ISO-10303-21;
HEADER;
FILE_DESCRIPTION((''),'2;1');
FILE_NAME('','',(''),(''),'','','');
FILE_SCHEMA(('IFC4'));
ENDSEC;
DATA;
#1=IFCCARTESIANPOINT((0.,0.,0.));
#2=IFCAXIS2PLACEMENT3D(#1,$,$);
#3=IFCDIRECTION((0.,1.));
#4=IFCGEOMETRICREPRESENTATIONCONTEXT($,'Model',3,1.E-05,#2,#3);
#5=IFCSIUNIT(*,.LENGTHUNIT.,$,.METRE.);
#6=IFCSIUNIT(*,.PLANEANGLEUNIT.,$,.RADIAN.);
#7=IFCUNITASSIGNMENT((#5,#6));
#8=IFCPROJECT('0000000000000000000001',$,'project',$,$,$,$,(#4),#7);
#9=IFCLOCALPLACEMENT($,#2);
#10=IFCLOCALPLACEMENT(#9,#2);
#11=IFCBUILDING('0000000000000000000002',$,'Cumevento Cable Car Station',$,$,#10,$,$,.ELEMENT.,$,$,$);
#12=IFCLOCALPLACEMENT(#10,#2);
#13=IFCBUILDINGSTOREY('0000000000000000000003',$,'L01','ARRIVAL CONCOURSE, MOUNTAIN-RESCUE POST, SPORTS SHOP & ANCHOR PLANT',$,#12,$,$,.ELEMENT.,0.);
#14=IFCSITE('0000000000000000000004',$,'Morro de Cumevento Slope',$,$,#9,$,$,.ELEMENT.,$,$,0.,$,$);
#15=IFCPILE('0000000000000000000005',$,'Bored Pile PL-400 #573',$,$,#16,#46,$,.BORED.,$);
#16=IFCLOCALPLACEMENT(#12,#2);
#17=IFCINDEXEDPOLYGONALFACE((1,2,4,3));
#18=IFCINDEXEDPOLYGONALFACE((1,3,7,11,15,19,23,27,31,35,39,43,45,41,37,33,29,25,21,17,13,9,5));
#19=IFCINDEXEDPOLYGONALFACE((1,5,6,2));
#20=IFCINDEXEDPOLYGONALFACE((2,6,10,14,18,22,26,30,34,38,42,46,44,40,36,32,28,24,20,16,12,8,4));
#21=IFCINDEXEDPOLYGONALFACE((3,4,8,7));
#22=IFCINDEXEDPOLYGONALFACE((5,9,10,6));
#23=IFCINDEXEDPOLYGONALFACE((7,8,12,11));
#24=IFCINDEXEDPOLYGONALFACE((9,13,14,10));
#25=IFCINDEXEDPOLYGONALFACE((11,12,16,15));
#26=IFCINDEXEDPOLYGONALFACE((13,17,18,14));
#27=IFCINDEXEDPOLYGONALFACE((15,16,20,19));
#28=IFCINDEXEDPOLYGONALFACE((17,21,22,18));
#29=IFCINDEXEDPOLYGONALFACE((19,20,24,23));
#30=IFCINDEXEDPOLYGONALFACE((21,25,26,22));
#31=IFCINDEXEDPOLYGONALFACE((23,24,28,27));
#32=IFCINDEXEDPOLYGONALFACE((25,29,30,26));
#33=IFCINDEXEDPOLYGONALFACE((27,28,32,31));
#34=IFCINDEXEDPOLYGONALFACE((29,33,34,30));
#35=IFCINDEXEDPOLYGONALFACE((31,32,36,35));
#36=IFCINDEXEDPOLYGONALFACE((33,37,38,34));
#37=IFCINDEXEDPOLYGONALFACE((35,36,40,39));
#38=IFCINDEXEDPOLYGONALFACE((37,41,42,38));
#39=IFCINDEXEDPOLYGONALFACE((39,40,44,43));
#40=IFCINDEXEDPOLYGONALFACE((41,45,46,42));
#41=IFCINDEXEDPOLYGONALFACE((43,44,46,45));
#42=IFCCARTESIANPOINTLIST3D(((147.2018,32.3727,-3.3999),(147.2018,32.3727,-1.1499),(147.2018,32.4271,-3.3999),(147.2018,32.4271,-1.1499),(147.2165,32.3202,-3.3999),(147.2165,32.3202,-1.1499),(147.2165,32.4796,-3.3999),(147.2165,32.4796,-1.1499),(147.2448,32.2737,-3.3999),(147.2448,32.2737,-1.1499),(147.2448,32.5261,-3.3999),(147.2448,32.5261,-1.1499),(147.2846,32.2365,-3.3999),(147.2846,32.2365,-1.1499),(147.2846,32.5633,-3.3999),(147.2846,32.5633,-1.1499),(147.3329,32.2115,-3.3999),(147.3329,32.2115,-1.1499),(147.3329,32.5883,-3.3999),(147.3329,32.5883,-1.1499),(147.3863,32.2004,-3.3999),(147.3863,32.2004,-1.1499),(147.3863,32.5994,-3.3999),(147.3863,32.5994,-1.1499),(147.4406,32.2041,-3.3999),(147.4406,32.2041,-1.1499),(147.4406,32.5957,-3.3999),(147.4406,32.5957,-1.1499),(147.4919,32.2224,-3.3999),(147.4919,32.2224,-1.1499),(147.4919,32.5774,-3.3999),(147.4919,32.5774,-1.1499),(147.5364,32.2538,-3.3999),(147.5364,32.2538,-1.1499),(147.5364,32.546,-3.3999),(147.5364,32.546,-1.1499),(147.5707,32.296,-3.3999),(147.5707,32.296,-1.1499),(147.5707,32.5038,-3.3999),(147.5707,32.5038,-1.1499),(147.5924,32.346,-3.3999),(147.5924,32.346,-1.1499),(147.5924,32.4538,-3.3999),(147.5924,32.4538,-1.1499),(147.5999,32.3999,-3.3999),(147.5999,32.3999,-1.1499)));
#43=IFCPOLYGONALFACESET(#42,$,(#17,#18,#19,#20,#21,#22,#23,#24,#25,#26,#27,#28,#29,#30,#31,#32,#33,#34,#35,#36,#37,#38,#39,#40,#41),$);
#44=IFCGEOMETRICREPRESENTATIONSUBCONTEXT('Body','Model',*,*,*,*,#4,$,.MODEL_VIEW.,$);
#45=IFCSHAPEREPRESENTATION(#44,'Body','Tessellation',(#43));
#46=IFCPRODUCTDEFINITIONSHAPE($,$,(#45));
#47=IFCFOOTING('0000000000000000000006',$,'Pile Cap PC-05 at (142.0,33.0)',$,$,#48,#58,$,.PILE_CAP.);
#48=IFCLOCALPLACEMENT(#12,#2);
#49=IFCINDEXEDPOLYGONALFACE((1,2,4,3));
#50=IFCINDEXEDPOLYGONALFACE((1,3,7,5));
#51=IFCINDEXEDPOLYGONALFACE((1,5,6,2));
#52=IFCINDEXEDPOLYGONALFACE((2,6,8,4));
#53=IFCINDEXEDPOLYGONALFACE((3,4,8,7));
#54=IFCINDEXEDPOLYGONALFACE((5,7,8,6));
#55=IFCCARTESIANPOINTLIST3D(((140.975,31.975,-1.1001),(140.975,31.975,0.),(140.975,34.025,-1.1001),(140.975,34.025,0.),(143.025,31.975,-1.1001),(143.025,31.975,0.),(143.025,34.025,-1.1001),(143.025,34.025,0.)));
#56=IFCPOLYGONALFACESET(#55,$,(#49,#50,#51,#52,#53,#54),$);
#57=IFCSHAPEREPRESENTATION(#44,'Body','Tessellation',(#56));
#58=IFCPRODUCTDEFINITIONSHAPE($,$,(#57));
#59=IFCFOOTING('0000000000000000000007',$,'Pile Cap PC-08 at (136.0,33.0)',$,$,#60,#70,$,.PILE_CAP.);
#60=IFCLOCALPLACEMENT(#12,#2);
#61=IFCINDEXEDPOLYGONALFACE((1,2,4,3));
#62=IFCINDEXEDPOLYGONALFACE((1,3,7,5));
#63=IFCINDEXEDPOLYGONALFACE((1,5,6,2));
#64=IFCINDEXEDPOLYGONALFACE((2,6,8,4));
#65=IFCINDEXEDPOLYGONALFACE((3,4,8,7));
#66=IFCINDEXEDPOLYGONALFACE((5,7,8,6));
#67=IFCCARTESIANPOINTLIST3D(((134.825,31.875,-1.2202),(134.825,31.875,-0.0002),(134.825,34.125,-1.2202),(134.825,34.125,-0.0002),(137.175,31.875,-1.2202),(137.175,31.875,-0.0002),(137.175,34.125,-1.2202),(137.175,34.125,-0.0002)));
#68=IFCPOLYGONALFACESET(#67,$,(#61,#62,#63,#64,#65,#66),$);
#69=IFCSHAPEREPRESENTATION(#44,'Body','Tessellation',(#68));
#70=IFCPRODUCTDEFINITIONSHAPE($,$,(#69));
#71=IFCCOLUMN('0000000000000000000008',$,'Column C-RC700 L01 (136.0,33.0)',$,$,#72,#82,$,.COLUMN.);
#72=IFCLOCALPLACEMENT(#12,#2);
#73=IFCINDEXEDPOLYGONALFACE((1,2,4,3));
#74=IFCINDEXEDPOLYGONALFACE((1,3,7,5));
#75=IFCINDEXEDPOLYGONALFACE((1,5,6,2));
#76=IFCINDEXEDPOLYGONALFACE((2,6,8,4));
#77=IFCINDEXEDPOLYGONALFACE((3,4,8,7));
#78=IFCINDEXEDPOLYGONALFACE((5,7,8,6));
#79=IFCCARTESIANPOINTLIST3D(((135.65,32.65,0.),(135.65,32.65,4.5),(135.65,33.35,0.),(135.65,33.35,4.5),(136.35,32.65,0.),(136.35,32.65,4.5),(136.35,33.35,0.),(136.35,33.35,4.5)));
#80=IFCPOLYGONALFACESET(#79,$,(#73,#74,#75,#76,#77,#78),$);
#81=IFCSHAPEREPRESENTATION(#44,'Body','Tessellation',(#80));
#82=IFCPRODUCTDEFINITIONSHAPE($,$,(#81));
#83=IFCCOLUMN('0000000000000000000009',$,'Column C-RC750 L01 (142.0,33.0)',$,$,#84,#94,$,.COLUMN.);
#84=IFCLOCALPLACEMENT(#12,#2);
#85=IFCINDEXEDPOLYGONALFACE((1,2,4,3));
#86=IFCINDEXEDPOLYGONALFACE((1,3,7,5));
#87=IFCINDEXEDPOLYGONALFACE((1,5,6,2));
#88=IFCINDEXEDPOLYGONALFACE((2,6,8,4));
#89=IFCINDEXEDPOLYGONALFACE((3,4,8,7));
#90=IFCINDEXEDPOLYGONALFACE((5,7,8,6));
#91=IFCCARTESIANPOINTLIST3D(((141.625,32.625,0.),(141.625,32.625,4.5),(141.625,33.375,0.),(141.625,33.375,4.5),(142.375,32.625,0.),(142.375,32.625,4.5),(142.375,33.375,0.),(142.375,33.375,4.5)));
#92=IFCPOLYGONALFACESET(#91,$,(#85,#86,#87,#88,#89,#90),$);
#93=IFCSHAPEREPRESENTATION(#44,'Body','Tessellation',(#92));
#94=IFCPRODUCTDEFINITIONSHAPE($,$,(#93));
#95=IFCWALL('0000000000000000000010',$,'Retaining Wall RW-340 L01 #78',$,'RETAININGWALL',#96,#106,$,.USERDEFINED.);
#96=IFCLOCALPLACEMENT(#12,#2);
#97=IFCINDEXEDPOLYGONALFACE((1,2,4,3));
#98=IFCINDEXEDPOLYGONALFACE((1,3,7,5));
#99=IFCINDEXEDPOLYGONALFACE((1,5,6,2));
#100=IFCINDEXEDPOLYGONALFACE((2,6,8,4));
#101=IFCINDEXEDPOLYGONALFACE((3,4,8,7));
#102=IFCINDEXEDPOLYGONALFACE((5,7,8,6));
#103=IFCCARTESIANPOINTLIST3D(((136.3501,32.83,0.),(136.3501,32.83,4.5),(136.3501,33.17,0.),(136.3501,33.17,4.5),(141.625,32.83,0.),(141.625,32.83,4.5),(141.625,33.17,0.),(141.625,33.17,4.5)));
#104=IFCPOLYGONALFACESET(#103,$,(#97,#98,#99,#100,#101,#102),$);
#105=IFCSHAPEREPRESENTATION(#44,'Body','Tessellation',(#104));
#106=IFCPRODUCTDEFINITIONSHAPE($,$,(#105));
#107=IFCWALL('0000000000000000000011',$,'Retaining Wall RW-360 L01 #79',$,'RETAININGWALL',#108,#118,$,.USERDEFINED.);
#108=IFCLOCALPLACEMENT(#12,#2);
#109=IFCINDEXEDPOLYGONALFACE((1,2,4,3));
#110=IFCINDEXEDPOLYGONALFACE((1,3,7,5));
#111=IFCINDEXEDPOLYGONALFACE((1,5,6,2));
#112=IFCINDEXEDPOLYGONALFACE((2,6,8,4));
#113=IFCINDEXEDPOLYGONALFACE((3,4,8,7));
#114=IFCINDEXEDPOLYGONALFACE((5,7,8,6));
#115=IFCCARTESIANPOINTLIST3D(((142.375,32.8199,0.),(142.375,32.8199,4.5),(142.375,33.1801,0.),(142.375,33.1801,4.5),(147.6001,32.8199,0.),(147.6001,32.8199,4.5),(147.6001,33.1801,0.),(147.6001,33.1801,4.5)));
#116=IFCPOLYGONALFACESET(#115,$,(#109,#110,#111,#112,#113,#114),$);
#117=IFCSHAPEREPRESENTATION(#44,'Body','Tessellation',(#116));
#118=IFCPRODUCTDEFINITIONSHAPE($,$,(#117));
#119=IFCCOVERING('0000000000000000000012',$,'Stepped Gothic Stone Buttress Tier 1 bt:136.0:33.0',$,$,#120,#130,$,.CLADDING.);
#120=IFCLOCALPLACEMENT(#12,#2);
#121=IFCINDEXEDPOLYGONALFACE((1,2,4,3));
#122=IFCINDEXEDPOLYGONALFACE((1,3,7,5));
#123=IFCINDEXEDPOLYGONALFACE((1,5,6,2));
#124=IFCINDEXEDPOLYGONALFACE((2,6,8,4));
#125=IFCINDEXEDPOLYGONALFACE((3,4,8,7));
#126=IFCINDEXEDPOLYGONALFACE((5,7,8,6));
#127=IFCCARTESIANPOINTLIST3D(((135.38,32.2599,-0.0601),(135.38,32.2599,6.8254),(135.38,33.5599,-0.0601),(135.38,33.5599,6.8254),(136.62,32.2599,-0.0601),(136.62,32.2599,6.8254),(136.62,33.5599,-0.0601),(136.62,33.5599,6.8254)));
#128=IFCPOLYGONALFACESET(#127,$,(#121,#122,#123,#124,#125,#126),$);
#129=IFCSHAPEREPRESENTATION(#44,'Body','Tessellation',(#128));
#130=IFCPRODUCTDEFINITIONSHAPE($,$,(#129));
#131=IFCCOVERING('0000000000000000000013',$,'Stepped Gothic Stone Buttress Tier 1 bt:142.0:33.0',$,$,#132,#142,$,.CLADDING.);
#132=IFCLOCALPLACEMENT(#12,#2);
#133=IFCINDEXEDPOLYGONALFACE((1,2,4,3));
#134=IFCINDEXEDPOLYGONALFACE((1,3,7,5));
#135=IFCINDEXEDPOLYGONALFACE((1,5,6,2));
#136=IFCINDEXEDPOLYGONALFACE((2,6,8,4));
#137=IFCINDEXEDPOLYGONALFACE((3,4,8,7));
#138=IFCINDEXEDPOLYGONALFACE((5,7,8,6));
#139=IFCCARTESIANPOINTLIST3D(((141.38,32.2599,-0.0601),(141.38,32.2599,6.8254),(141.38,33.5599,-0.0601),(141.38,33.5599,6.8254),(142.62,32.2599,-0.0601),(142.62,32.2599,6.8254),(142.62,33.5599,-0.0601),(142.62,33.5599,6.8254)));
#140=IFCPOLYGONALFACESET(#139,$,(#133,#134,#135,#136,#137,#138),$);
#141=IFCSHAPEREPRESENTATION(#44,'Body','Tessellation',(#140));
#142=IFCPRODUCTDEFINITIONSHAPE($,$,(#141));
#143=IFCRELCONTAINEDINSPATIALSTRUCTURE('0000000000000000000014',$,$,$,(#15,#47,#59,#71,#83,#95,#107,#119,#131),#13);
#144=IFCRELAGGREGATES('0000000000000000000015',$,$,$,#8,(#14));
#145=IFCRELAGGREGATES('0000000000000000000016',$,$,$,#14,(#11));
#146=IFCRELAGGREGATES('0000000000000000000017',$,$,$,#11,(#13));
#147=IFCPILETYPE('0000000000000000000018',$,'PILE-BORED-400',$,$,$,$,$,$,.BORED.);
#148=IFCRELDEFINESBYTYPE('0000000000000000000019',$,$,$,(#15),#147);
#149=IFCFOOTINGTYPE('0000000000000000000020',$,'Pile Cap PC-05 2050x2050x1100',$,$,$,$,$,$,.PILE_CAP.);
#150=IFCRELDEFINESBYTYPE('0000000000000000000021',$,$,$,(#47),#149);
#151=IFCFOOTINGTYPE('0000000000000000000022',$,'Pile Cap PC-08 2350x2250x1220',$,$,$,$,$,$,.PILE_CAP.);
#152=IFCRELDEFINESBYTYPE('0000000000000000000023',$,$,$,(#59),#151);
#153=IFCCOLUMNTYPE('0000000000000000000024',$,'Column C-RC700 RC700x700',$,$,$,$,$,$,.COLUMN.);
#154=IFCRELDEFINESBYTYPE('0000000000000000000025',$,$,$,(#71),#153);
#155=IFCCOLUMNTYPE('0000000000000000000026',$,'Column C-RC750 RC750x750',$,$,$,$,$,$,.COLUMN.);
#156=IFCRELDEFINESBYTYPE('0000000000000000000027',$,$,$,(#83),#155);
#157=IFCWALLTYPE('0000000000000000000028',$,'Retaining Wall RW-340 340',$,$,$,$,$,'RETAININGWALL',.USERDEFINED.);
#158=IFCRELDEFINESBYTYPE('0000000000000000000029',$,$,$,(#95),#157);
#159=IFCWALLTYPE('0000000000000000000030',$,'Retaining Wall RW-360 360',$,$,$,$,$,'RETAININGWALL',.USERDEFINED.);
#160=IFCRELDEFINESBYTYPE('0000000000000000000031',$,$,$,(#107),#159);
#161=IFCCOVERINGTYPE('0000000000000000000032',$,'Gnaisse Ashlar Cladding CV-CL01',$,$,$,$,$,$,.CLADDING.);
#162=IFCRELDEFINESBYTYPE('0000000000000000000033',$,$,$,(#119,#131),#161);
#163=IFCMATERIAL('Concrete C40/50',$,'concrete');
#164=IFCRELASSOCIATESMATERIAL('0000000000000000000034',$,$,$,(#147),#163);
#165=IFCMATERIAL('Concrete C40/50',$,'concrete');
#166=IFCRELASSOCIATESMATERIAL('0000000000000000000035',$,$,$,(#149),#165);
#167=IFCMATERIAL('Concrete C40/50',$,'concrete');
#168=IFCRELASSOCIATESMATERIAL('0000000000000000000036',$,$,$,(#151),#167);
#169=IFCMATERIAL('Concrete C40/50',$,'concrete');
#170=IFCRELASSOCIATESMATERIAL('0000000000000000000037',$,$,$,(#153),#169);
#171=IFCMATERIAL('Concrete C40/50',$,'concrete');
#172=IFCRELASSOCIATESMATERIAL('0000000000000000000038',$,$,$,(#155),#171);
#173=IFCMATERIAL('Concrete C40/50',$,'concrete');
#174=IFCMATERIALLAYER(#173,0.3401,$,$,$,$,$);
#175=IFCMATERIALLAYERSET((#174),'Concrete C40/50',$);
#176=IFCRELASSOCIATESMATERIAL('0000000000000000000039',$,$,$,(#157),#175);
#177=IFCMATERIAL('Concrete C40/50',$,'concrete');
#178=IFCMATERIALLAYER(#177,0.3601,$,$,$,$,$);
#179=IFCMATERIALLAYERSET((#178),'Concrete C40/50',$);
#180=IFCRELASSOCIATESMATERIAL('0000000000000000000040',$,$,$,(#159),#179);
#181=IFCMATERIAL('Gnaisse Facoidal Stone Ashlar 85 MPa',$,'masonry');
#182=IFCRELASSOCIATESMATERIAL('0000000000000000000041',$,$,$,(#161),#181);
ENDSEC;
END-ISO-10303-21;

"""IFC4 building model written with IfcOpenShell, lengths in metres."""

from ifc_helpers import new_model, si_unit, direction, frame, frame_2d, origin, origin_2d, place, context, subcontext, project, spatial, rectangle, circle, extrude, material, layer, layer_set, material_profile, profile_set, type_object, element, save


model = new_model("IFC4")

# Units and contexts
model_context = context("Model", 3, precision=1e-05, world=origin(), true_north=direction((0.0, 1.0)))
body_context = subcontext(model_context, "Body", "Model", "MODEL_VIEW")
ifc_project = project(units=[si_unit("LENGTHUNIT", "METRE"), si_unit("PLANEANGLEUNIT", "RADIAN")], contexts=[model_context])

# Site, building, storey
site_placement = place(None, origin())
site = spatial("IfcSite", under=ifc_project, at=site_placement, Name="Morro de Cumevento Slope", CompositionType="ELEMENT", RefElevation=0.0)
building_placement = place(site_placement, origin())
building = spatial("IfcBuilding", under=site, at=building_placement, Name="Cumevento Cable Car Station", CompositionType="ELEMENT")
storey_placement = place(building_placement, origin())
storey = spatial("IfcBuildingStorey", under=building, at=storey_placement, Name="L01", Description="ARRIVAL CONCOURSE, MOUNTAIN-RESCUE POST, SPORTS SHOP & ANCHOR PLANT", CompositionType="ELEMENT", Elevation=0.0)

# Pile
ifc_material_1 = material(Name="Concrete C40/50", Category="concrete")
ifc_material_profile_1 = material_profile(ifc_material_1, circle(Radius=0.2, at=origin_2d()), Name="PILE-D400")
ifc_profile_set_1 = profile_set([ifc_material_profile_1], Name="Concrete C40/50")
pile_type = type_object("IfcPileType", Name="PILE-BORED-400", PredefinedType="BORED", material=ifc_profile_set_1)
pile_placement = place(storey_placement, frame((147.3999, 32.3999, -1.1499), z_axis=(0.0, 0.0, -1.0), x_axis=(1.0, 0.0, 0.0)))
element("IfcPile", 1, at=pile_placement, inside=storey, type_object=pile_type, Name="Bored Pile PL-400 #573", PredefinedType="BORED", context=body_context, shape_type="SweptSolid", body=[
    extrude(circle(Radius=0.2, at=origin_2d()), origin(), (0.0, 0.0, 1.0), 2.25),
])

# Footings
ifc_material_2 = material(Name="Concrete C40/50", Category="concrete")
footing_type_1 = type_object("IfcFootingType", Name="Pile Cap PC-05 2050x2050x1100", PredefinedType="PILE_CAP", material=ifc_material_2)
footing_1_placement = place(storey_placement, frame((142.0, 33.0, -1.1001), z_axis=(0.0, 0.0, 1.0), x_axis=(1.0, 0.0, 0.0)))
element("IfcFooting", 2, at=footing_1_placement, inside=storey, type_object=footing_type_1, Name="Pile Cap PC-05 at (142.0,33.0)", PredefinedType="PILE_CAP", context=body_context, shape_type="SweptSolid", body=[
    extrude(rectangle(XDim=2.05, YDim=2.05, at=origin_2d()), origin(), (0.0, 0.0, 1.0), 1.1001),
])
ifc_material_3 = material(Name="Concrete C40/50", Category="concrete")
footing_type_2 = type_object("IfcFootingType", Name="Pile Cap PC-08 2350x2250x1220", PredefinedType="PILE_CAP", material=ifc_material_3)
footing_2_placement = place(storey_placement, frame((136.0, 33.0, -1.2202), z_axis=(0.0, 0.0, 1.0), x_axis=(1.0, 0.0, 0.0)))
element("IfcFooting", 3, at=footing_2_placement, inside=storey, type_object=footing_type_2, Name="Pile Cap PC-08 at (136.0,33.0)", PredefinedType="PILE_CAP", context=body_context, shape_type="SweptSolid", body=[
    extrude(rectangle(XDim=2.3501, YDim=2.25, at=origin_2d()), origin(), (0.0, 0.0, 1.0), 1.22),
])

# Columns
ifc_material_4 = material(Name="Concrete C40/50", Category="concrete")
ifc_material_profile_2 = material_profile(ifc_material_4, rectangle(XDim=0.7, YDim=0.7, at=origin_2d()), Name="RC700x700")
ifc_profile_set_2 = profile_set([ifc_material_profile_2], Name="Concrete C40/50")
column_type_1 = type_object("IfcColumnType", Name="Column C-RC700 RC700x700", PredefinedType="COLUMN", material=ifc_profile_set_2)
column_1_placement = place(storey_placement, frame((136.0, 33.0, 0.0), z_axis=(0.0, 0.0, 1.0), x_axis=(1.0, 0.0, 0.0)))
element("IfcColumn", 4, at=column_1_placement, inside=storey, type_object=column_type_1, Name="Column C-RC700 L01 (136.0,33.0)", PredefinedType="COLUMN", context=body_context, shape_type="SweptSolid", body=[
    extrude(rectangle(XDim=0.7, YDim=0.7, at=origin_2d()), origin(), (0.0, 0.0, 1.0), 4.5),
])
ifc_material_5 = material(Name="Concrete C40/50", Category="concrete")
ifc_material_profile_3 = material_profile(ifc_material_5, rectangle(XDim=0.75, YDim=0.75, at=origin_2d()), Name="RC750x750")
ifc_profile_set_3 = profile_set([ifc_material_profile_3], Name="Concrete C40/50")
column_type_2 = type_object("IfcColumnType", Name="Column C-RC750 RC750x750", PredefinedType="COLUMN", material=ifc_profile_set_3)
column_2_placement = place(storey_placement, frame((142.0, 33.0, 0.0), z_axis=(0.0, 0.0, 1.0), x_axis=(1.0, 0.0, 0.0)))
element("IfcColumn", 5, at=column_2_placement, inside=storey, type_object=column_type_2, Name="Column C-RC750 L01 (142.0,33.0)", PredefinedType="COLUMN", context=body_context, shape_type="SweptSolid", body=[
    extrude(rectangle(XDim=0.75, YDim=0.75, at=origin_2d()), origin(), (0.0, 0.0, 1.0), 4.5),
])

# Walls
ifc_material_6 = material(Name="Concrete C40/50", Category="concrete")
ifc_layer_1 = layer(ifc_material_6, 0.3401)
ifc_layer_set_1 = layer_set([ifc_layer_1], Name="Concrete C40/50")
wall_type_1 = type_object("IfcWallType", Name="Retaining Wall RW-340 340", ElementType="RETAININGWALL", PredefinedType="USERDEFINED", material=ifc_layer_set_1)
wall_1_placement = place(storey_placement, frame((136.3501, 33.0, 0.0), z_axis=(0.0, 0.0, 1.0), x_axis=(1.0, 0.0, 0.0)))
element("IfcWall", 6, at=wall_1_placement, inside=storey, type_object=wall_type_1, Name="Retaining Wall RW-340 L01 #78", ObjectType="RETAININGWALL", PredefinedType="USERDEFINED", context=body_context, shape_type="SweptSolid", body=[
    extrude(rectangle(XDim=5.2749, YDim=0.3401, at=frame_2d((2.6375, 0.0))), origin(), (0.0, 0.0, 1.0), 4.5),
])
ifc_material_7 = material(Name="Concrete C40/50", Category="concrete")
ifc_layer_2 = layer(ifc_material_7, 0.3601)
ifc_layer_set_2 = layer_set([ifc_layer_2], Name="Concrete C40/50")
wall_type_2 = type_object("IfcWallType", Name="Retaining Wall RW-360 360", ElementType="RETAININGWALL", PredefinedType="USERDEFINED", material=ifc_layer_set_2)
wall_2_placement = place(storey_placement, frame((142.375, 33.0, 0.0), z_axis=(0.0, 0.0, 1.0), x_axis=(1.0, 0.0, 0.0)))
element("IfcWall", 7, at=wall_2_placement, inside=storey, type_object=wall_type_2, Name="Retaining Wall RW-360 L01 #79", ObjectType="RETAININGWALL", PredefinedType="USERDEFINED", context=body_context, shape_type="SweptSolid", body=[
    extrude(rectangle(XDim=5.2251, YDim=0.3601, at=frame_2d((2.6125, 0.0))), origin(), (0.0, 0.0, 1.0), 4.5),
])

# Coverings
ifc_material_8 = material(Name="Gnaisse Facoidal Stone Ashlar 85 MPa", Category="masonry")
covering_type = type_object("IfcCoveringType", Name="Gnaisse Ashlar Cladding CV-CL01", PredefinedType="CLADDING", material=ifc_material_8)
for number, where, z_axis, x_axis, name in (
    (8, (136.0, 32.9099, -0.0601), (0.0, 0.0, 1.0), (1.0, 0.0, 0.0), "Stepped Gothic Stone Buttress Tier 1 bt:136.0:33.0"),
    (9, (142.0, 32.9099, -0.0601), (0.0, 0.0, 1.0), (1.0, 0.0, 0.0), "Stepped Gothic Stone Buttress Tier 1 bt:142.0:33.0"),
):
    element("IfcCovering", number, at=place(storey_placement, frame(where, z_axis=z_axis, x_axis=x_axis)), inside=storey, type_object=covering_type, Name=name, PredefinedType="CLADDING", context=body_context, shape_type="SweptSolid", body=[
        extrude(rectangle(XDim=1.24, YDim=1.3, at=origin_2d()), origin(), (0.0, 0.0, 1.0), 6.8855),
    ])

save(model, "model.ifc")
